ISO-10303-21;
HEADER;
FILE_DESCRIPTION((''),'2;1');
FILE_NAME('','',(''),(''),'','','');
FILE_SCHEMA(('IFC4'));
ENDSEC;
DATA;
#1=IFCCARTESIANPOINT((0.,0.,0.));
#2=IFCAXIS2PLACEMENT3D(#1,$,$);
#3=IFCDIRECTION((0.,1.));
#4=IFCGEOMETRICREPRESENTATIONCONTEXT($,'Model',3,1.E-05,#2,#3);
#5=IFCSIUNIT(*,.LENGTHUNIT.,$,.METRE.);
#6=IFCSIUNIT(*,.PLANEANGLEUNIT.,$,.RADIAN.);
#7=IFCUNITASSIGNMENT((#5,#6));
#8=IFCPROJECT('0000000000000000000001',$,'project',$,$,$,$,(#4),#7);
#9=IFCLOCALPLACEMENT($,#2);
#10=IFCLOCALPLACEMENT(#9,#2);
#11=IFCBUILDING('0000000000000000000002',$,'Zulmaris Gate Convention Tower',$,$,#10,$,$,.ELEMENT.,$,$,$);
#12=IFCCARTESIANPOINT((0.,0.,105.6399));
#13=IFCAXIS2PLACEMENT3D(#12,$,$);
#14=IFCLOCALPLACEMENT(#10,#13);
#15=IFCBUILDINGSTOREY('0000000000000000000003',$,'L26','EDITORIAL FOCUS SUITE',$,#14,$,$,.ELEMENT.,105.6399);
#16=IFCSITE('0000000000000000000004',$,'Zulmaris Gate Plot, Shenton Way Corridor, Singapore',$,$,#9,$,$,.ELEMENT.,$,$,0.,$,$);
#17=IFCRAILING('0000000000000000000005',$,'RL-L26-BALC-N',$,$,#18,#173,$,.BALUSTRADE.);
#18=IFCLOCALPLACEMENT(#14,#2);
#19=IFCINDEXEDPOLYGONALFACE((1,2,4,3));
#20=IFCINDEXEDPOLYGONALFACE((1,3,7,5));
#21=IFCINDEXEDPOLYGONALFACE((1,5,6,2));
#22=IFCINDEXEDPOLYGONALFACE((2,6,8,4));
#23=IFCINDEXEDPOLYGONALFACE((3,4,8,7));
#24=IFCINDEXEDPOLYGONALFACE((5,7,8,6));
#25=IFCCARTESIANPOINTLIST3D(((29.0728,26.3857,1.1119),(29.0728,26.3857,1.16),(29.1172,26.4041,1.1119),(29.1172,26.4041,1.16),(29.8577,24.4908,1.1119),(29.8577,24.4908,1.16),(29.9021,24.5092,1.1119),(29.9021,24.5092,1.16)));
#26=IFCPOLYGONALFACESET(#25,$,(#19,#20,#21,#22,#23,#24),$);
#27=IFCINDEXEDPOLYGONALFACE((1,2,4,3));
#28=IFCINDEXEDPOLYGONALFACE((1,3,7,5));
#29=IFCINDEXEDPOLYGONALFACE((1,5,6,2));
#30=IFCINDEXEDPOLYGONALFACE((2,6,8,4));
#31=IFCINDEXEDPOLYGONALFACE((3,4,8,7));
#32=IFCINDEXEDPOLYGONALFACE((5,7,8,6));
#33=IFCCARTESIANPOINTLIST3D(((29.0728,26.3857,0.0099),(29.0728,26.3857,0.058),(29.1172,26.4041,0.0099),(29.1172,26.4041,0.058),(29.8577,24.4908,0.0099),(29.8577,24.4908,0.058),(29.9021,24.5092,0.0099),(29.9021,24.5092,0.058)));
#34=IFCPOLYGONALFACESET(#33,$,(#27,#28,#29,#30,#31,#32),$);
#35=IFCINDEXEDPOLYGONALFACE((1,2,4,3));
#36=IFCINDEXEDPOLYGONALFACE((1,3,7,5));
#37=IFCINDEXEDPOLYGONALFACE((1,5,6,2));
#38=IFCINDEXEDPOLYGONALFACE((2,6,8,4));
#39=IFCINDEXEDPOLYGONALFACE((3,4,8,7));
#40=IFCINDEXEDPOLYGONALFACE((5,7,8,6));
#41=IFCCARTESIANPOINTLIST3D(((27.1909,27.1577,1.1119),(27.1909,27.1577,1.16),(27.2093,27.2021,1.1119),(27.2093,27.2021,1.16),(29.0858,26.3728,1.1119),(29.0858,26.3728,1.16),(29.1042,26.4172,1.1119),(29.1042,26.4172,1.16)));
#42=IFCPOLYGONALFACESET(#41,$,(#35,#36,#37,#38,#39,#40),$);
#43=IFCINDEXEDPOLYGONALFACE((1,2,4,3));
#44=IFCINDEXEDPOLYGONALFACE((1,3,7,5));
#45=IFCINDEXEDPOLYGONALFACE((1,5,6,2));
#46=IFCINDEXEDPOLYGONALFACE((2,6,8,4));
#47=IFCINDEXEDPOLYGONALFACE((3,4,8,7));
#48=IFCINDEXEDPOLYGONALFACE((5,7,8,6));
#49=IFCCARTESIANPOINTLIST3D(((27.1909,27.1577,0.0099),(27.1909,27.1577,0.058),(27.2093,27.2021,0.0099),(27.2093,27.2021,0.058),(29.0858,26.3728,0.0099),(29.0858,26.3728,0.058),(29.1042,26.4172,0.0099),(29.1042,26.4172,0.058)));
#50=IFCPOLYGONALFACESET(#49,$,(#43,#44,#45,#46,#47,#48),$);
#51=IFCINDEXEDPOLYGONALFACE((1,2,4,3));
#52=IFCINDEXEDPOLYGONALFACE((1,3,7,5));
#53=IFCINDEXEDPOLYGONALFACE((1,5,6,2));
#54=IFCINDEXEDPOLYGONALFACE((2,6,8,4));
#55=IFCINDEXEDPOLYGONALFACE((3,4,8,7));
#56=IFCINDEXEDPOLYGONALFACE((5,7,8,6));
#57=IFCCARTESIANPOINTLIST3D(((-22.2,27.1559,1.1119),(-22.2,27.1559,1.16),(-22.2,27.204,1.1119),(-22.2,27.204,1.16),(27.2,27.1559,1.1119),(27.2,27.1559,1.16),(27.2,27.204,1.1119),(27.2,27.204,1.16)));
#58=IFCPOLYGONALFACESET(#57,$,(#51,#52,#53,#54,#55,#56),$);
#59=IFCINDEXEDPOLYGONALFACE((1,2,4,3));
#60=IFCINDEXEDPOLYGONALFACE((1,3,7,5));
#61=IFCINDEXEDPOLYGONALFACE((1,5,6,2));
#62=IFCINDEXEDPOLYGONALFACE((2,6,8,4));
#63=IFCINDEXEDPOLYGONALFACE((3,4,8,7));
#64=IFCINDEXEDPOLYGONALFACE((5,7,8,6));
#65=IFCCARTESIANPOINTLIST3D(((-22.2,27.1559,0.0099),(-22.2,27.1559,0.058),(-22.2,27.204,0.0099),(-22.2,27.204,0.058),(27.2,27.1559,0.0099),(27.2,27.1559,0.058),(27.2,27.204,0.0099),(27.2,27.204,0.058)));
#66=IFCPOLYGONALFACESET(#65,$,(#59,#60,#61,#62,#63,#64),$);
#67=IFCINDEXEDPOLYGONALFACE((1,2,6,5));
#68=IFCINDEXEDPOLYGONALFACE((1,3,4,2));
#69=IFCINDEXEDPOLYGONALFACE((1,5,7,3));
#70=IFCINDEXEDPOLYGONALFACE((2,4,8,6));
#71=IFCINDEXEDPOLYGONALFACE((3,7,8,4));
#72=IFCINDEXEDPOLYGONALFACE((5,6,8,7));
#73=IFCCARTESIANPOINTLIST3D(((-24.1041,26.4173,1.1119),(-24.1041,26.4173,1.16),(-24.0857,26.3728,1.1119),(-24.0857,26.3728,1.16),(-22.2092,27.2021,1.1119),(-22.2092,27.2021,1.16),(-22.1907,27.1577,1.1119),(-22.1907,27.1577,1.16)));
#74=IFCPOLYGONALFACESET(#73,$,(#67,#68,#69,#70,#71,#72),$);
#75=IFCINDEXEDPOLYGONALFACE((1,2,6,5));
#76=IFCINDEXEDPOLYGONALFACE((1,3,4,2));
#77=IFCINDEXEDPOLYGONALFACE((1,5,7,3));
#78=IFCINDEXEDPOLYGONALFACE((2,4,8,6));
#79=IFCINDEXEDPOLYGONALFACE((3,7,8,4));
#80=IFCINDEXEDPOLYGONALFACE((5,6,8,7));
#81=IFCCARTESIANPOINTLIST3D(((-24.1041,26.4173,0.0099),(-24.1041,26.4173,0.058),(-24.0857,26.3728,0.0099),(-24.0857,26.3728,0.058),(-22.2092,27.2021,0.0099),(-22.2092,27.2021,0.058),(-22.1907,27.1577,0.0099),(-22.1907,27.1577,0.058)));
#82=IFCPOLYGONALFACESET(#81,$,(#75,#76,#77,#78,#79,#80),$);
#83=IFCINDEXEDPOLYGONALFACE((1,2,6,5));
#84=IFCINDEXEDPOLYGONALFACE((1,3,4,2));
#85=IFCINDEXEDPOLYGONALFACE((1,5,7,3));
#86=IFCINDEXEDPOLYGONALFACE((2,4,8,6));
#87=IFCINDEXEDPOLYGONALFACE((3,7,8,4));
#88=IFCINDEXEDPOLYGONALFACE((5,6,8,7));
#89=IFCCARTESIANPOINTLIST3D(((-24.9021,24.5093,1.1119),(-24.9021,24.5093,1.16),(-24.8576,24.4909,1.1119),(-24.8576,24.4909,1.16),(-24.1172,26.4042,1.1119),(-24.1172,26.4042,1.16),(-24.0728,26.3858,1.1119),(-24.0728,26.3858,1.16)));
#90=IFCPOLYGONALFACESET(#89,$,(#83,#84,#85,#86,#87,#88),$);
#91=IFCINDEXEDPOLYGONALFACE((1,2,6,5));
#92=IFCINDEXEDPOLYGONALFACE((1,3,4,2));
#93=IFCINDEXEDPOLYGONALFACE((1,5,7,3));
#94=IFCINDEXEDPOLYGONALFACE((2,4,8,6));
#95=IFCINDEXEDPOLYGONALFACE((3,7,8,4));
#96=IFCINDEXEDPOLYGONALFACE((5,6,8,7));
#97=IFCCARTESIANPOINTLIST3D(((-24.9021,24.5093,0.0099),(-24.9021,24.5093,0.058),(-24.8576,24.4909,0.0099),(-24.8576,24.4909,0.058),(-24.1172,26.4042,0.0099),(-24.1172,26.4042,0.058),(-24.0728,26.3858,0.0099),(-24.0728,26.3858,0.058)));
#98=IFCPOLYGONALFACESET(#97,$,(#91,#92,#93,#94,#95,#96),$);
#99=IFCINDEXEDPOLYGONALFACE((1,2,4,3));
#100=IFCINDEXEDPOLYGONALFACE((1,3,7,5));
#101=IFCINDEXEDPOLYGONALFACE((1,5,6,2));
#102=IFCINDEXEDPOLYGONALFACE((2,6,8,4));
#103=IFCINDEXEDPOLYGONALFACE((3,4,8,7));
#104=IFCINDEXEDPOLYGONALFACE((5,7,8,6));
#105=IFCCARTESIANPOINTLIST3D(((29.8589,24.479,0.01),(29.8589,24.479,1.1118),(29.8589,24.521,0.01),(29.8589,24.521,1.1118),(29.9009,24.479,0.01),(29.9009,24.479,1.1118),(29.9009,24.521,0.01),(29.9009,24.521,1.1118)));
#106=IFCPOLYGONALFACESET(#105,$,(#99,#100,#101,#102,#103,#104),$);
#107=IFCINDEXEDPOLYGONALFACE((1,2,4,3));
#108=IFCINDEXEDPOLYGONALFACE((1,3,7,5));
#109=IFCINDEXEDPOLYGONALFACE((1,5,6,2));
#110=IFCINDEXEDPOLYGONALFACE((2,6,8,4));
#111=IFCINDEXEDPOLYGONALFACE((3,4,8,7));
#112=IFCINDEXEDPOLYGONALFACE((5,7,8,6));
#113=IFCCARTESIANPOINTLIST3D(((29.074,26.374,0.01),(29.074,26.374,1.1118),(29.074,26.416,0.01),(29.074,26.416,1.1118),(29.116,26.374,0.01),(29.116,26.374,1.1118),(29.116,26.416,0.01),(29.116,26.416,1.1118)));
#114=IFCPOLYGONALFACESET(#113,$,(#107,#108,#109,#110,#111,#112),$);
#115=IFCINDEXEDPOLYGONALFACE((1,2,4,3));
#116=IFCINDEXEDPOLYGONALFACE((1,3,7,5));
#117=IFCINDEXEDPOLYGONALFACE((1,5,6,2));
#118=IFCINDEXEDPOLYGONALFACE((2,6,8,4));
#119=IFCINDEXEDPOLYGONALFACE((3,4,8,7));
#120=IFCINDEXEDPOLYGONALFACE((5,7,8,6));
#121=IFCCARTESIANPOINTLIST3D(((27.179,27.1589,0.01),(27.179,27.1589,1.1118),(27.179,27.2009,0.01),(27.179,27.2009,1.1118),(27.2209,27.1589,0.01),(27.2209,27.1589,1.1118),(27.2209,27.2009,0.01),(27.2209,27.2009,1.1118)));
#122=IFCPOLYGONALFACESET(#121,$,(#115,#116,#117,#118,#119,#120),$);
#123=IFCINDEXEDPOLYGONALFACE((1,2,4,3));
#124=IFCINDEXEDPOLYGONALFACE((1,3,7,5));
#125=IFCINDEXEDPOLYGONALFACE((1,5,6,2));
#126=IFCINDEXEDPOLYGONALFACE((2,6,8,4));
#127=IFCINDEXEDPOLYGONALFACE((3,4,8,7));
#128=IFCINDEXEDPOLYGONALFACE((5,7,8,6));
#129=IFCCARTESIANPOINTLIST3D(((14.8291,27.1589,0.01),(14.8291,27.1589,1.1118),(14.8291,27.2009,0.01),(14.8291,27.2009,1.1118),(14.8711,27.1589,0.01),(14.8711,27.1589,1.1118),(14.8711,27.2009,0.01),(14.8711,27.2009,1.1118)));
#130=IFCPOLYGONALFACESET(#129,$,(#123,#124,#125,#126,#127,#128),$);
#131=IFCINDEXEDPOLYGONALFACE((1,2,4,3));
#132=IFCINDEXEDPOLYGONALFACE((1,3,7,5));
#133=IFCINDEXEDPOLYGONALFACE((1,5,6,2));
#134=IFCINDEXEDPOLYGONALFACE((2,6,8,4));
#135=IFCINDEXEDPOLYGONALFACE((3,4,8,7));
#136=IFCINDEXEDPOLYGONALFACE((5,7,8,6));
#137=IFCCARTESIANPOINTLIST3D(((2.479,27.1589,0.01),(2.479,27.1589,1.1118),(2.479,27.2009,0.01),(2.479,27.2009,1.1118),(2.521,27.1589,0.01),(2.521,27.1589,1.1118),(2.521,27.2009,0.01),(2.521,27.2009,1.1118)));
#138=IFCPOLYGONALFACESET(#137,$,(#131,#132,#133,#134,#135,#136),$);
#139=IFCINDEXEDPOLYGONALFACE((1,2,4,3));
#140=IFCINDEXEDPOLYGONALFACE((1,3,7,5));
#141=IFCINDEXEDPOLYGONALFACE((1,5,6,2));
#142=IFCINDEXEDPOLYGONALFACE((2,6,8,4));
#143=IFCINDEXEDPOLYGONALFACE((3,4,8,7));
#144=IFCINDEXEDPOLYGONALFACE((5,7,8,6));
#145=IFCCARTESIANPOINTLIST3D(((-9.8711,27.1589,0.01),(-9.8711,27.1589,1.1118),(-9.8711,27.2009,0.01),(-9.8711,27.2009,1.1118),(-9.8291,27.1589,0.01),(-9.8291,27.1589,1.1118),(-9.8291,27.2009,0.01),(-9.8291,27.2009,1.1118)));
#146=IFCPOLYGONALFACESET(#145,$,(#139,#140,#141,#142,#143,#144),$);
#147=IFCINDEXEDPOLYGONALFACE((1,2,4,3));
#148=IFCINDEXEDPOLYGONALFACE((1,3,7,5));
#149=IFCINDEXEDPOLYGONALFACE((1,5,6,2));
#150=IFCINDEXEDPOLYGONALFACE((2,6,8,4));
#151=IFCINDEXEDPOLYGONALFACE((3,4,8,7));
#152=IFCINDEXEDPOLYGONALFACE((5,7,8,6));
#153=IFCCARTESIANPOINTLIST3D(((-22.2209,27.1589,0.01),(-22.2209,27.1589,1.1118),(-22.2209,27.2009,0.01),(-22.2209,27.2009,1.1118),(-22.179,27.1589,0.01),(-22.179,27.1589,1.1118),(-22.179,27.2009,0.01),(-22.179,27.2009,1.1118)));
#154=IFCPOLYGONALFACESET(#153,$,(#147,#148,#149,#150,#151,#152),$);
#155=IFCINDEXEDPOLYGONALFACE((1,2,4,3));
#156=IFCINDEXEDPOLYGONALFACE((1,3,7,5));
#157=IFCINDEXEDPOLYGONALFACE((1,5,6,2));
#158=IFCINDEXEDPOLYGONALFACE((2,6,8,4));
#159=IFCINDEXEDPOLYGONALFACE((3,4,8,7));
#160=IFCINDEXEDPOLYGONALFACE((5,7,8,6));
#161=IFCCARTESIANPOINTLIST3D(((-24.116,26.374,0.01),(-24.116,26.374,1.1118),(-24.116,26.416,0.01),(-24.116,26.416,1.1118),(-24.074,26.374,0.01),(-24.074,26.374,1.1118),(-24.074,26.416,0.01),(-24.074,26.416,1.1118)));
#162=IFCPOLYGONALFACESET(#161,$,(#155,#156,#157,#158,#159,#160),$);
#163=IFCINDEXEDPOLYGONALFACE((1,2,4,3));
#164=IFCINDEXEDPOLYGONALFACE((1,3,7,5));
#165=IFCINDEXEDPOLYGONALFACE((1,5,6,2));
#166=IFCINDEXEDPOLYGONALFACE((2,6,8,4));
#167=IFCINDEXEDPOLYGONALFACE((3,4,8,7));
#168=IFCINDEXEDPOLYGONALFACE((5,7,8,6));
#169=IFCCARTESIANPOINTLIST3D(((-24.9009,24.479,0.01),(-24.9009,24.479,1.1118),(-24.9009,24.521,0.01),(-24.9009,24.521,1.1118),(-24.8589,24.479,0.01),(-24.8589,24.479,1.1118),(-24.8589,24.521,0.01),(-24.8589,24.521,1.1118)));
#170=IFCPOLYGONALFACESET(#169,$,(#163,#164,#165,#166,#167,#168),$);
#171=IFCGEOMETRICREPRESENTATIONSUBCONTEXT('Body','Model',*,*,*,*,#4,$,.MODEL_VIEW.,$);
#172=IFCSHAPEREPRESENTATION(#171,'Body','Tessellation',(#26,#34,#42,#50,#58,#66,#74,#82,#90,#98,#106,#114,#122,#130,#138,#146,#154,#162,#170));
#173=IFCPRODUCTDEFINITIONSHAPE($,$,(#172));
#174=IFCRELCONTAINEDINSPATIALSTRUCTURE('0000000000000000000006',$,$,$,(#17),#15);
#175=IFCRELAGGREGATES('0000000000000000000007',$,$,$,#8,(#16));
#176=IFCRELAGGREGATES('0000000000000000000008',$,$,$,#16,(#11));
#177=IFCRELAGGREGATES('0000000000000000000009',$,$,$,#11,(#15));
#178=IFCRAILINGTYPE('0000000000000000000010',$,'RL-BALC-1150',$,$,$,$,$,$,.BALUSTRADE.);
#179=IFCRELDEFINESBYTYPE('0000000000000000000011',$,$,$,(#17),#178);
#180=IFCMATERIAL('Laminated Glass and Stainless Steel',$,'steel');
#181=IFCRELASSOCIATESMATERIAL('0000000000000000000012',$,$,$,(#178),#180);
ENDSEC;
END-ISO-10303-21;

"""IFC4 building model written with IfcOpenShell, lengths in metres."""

from ifc_helpers import new_model, si_unit, direction, frame, origin, origin_2d, place, context, subcontext, project, spatial, rectangle, extrude, material, type_object, element, save


model = new_model("IFC4")

# Units and contexts
model_context = context("Model", 3, precision=1e-05, world=origin(), true_north=direction((0.0, 1.0)))
body_context = subcontext(model_context, "Body", "Model", "MODEL_VIEW")
ifc_project = project(units=[si_unit("LENGTHUNIT", "METRE"), si_unit("PLANEANGLEUNIT", "RADIAN")], contexts=[model_context])

# Site, building, storey
site_placement = place(None, origin())
site = spatial("IfcSite", under=ifc_project, at=site_placement, Name="Zulmaris Gate Plot, Shenton Way Corridor, Singapore", CompositionType="ELEMENT", RefElevation=0.0)
building_placement = place(site_placement, origin())
building = spatial("IfcBuilding", under=site, at=building_placement, Name="Zulmaris Gate Convention Tower", CompositionType="ELEMENT")
storey_placement = place(building_placement, frame((0.0, 0.0, 105.6399)))
storey = spatial("IfcBuildingStorey", under=building, at=storey_placement, Name="L26", Description="EDITORIAL FOCUS SUITE", CompositionType="ELEMENT", Elevation=105.6399)

# Railing
ifc_material_1 = material(Name="Laminated Glass and Stainless Steel", Category="steel")
railing_type = type_object("IfcRailingType", Name="RL-BALC-1150", PredefinedType="BALUSTRADE", material=ifc_material_1)
railing_placement = place(storey_placement, frame((29.8799, 24.5, 0.01)))
element("IfcRailing", 1, at=railing_placement, inside=storey, type_object=railing_type, Name="RL-L26-BALC-N", PredefinedType="BALUSTRADE", context=body_context, shape_type="SweptSolid", body=[
    extrude(rectangle(XDim=0.0481, YDim=0.0481, at=origin_2d()), frame((0.0, 0.0, 1.126), z_axis=(-0.382671, 0.923885, 0.0), x_axis=(-0.923885, -0.382671, 0.0)), (0.0, 0.0, 1.0), 2.051),
    extrude(rectangle(XDim=0.0481, YDim=0.0481, at=origin_2d()), frame((0.0, 0.0, 0.0239), z_axis=(-0.382671, 0.923885, 0.0), x_axis=(-0.923885, -0.382671, 0.0)), (0.0, 0.0, 1.0), 2.051),
    extrude(rectangle(XDim=0.0481, YDim=0.0481, at=origin_2d()), frame((-0.7849, 1.895, 1.126), z_axis=(-0.923885, 0.382671, 0.0), x_axis=(-0.382671, -0.923885, 0.0)), (0.0, 0.0, 1.0), 2.051),
    extrude(rectangle(XDim=0.0481, YDim=0.0481, at=origin_2d()), frame((-0.7849, 1.895, 0.0239), z_axis=(-0.923885, 0.382671, 0.0), x_axis=(-0.382671, -0.923885, 0.0)), (0.0, 0.0, 1.0), 2.051),
    extrude(rectangle(XDim=0.0481, YDim=0.0481, at=origin_2d()), frame((-2.6799, 2.6799, 1.126), z_axis=(-1.0, 0.0, 0.0), x_axis=(0.0, -1.0, 0.0)), (0.0, 0.0, 1.0), 49.3999),
    extrude(rectangle(XDim=0.0481, YDim=0.0481, at=origin_2d()), frame((-2.6799, 2.6799, 0.0239), z_axis=(-1.0, 0.0, 0.0), x_axis=(0.0, -1.0, 0.0)), (0.0, 0.0, 1.0), 49.3999),
    extrude(rectangle(XDim=0.0481, YDim=0.0481, at=origin_2d()), frame((-52.0798, 2.6799, 1.126), z_axis=(-0.923885, -0.382671, 0.0), x_axis=(0.382671, -0.923885, 0.0)), (0.0, 0.0, 1.0), 2.051),
    extrude(rectangle(XDim=0.0481, YDim=0.0481, at=origin_2d()), frame((-52.0798, 2.6799, 0.0239), z_axis=(-0.923885, -0.382671, 0.0), x_axis=(0.382671, -0.923885, 0.0)), (0.0, 0.0, 1.0), 2.051),
    extrude(rectangle(XDim=0.0481, YDim=0.0481, at=origin_2d()), frame((-53.9749, 1.895, 1.126), z_axis=(-0.382671, -0.923885, 0.0), x_axis=(0.923885, -0.382671, 0.0)), (0.0, 0.0, 1.0), 2.051),
    extrude(rectangle(XDim=0.0481, YDim=0.0481, at=origin_2d()), frame((-53.9749, 1.895, 0.0239), z_axis=(-0.382671, -0.923885, 0.0), x_axis=(0.923885, -0.382671, 0.0)), (0.0, 0.0, 1.0), 2.051),
    extrude(rectangle(XDim=0.042, YDim=0.042, at=origin_2d()), origin(), (0.0, 0.0, 1.0), 1.1018),
    extrude(rectangle(XDim=0.042, YDim=0.042, at=origin_2d()), frame((-0.7849, 1.895, 0.0)), (0.0, 0.0, 1.0), 1.1018),
    extrude(rectangle(XDim=0.042, YDim=0.042, at=origin_2d()), frame((-2.6799, 2.6799, 0.0)), (0.0, 0.0, 1.0), 1.1018),
    extrude(rectangle(XDim=0.042, YDim=0.042, at=origin_2d()), frame((-15.0298, 2.6799, 0.0)), (0.0, 0.0, 1.0), 1.1018),
    extrude(rectangle(XDim=0.042, YDim=0.042, at=origin_2d()), frame((-27.3799, 2.6799, 0.0)), (0.0, 0.0, 1.0), 1.1018),
    extrude(rectangle(XDim=0.042, YDim=0.042, at=origin_2d()), frame((-39.73, 2.6799, 0.0)), (0.0, 0.0, 1.0), 1.1018),
    extrude(rectangle(XDim=0.042, YDim=0.042, at=origin_2d()), frame((-52.0798, 2.6799, 0.0)), (0.0, 0.0, 1.0), 1.1018),
    extrude(rectangle(XDim=0.042, YDim=0.042, at=origin_2d()), frame((-53.9749, 1.895, 0.0)), (0.0, 0.0, 1.0), 1.1018),
    extrude(rectangle(XDim=0.042, YDim=0.042, at=origin_2d()), frame((-54.7598, 0.0, 0.0)), (0.0, 0.0, 1.0), 1.1018),
])

save(model, "model.ifc")
